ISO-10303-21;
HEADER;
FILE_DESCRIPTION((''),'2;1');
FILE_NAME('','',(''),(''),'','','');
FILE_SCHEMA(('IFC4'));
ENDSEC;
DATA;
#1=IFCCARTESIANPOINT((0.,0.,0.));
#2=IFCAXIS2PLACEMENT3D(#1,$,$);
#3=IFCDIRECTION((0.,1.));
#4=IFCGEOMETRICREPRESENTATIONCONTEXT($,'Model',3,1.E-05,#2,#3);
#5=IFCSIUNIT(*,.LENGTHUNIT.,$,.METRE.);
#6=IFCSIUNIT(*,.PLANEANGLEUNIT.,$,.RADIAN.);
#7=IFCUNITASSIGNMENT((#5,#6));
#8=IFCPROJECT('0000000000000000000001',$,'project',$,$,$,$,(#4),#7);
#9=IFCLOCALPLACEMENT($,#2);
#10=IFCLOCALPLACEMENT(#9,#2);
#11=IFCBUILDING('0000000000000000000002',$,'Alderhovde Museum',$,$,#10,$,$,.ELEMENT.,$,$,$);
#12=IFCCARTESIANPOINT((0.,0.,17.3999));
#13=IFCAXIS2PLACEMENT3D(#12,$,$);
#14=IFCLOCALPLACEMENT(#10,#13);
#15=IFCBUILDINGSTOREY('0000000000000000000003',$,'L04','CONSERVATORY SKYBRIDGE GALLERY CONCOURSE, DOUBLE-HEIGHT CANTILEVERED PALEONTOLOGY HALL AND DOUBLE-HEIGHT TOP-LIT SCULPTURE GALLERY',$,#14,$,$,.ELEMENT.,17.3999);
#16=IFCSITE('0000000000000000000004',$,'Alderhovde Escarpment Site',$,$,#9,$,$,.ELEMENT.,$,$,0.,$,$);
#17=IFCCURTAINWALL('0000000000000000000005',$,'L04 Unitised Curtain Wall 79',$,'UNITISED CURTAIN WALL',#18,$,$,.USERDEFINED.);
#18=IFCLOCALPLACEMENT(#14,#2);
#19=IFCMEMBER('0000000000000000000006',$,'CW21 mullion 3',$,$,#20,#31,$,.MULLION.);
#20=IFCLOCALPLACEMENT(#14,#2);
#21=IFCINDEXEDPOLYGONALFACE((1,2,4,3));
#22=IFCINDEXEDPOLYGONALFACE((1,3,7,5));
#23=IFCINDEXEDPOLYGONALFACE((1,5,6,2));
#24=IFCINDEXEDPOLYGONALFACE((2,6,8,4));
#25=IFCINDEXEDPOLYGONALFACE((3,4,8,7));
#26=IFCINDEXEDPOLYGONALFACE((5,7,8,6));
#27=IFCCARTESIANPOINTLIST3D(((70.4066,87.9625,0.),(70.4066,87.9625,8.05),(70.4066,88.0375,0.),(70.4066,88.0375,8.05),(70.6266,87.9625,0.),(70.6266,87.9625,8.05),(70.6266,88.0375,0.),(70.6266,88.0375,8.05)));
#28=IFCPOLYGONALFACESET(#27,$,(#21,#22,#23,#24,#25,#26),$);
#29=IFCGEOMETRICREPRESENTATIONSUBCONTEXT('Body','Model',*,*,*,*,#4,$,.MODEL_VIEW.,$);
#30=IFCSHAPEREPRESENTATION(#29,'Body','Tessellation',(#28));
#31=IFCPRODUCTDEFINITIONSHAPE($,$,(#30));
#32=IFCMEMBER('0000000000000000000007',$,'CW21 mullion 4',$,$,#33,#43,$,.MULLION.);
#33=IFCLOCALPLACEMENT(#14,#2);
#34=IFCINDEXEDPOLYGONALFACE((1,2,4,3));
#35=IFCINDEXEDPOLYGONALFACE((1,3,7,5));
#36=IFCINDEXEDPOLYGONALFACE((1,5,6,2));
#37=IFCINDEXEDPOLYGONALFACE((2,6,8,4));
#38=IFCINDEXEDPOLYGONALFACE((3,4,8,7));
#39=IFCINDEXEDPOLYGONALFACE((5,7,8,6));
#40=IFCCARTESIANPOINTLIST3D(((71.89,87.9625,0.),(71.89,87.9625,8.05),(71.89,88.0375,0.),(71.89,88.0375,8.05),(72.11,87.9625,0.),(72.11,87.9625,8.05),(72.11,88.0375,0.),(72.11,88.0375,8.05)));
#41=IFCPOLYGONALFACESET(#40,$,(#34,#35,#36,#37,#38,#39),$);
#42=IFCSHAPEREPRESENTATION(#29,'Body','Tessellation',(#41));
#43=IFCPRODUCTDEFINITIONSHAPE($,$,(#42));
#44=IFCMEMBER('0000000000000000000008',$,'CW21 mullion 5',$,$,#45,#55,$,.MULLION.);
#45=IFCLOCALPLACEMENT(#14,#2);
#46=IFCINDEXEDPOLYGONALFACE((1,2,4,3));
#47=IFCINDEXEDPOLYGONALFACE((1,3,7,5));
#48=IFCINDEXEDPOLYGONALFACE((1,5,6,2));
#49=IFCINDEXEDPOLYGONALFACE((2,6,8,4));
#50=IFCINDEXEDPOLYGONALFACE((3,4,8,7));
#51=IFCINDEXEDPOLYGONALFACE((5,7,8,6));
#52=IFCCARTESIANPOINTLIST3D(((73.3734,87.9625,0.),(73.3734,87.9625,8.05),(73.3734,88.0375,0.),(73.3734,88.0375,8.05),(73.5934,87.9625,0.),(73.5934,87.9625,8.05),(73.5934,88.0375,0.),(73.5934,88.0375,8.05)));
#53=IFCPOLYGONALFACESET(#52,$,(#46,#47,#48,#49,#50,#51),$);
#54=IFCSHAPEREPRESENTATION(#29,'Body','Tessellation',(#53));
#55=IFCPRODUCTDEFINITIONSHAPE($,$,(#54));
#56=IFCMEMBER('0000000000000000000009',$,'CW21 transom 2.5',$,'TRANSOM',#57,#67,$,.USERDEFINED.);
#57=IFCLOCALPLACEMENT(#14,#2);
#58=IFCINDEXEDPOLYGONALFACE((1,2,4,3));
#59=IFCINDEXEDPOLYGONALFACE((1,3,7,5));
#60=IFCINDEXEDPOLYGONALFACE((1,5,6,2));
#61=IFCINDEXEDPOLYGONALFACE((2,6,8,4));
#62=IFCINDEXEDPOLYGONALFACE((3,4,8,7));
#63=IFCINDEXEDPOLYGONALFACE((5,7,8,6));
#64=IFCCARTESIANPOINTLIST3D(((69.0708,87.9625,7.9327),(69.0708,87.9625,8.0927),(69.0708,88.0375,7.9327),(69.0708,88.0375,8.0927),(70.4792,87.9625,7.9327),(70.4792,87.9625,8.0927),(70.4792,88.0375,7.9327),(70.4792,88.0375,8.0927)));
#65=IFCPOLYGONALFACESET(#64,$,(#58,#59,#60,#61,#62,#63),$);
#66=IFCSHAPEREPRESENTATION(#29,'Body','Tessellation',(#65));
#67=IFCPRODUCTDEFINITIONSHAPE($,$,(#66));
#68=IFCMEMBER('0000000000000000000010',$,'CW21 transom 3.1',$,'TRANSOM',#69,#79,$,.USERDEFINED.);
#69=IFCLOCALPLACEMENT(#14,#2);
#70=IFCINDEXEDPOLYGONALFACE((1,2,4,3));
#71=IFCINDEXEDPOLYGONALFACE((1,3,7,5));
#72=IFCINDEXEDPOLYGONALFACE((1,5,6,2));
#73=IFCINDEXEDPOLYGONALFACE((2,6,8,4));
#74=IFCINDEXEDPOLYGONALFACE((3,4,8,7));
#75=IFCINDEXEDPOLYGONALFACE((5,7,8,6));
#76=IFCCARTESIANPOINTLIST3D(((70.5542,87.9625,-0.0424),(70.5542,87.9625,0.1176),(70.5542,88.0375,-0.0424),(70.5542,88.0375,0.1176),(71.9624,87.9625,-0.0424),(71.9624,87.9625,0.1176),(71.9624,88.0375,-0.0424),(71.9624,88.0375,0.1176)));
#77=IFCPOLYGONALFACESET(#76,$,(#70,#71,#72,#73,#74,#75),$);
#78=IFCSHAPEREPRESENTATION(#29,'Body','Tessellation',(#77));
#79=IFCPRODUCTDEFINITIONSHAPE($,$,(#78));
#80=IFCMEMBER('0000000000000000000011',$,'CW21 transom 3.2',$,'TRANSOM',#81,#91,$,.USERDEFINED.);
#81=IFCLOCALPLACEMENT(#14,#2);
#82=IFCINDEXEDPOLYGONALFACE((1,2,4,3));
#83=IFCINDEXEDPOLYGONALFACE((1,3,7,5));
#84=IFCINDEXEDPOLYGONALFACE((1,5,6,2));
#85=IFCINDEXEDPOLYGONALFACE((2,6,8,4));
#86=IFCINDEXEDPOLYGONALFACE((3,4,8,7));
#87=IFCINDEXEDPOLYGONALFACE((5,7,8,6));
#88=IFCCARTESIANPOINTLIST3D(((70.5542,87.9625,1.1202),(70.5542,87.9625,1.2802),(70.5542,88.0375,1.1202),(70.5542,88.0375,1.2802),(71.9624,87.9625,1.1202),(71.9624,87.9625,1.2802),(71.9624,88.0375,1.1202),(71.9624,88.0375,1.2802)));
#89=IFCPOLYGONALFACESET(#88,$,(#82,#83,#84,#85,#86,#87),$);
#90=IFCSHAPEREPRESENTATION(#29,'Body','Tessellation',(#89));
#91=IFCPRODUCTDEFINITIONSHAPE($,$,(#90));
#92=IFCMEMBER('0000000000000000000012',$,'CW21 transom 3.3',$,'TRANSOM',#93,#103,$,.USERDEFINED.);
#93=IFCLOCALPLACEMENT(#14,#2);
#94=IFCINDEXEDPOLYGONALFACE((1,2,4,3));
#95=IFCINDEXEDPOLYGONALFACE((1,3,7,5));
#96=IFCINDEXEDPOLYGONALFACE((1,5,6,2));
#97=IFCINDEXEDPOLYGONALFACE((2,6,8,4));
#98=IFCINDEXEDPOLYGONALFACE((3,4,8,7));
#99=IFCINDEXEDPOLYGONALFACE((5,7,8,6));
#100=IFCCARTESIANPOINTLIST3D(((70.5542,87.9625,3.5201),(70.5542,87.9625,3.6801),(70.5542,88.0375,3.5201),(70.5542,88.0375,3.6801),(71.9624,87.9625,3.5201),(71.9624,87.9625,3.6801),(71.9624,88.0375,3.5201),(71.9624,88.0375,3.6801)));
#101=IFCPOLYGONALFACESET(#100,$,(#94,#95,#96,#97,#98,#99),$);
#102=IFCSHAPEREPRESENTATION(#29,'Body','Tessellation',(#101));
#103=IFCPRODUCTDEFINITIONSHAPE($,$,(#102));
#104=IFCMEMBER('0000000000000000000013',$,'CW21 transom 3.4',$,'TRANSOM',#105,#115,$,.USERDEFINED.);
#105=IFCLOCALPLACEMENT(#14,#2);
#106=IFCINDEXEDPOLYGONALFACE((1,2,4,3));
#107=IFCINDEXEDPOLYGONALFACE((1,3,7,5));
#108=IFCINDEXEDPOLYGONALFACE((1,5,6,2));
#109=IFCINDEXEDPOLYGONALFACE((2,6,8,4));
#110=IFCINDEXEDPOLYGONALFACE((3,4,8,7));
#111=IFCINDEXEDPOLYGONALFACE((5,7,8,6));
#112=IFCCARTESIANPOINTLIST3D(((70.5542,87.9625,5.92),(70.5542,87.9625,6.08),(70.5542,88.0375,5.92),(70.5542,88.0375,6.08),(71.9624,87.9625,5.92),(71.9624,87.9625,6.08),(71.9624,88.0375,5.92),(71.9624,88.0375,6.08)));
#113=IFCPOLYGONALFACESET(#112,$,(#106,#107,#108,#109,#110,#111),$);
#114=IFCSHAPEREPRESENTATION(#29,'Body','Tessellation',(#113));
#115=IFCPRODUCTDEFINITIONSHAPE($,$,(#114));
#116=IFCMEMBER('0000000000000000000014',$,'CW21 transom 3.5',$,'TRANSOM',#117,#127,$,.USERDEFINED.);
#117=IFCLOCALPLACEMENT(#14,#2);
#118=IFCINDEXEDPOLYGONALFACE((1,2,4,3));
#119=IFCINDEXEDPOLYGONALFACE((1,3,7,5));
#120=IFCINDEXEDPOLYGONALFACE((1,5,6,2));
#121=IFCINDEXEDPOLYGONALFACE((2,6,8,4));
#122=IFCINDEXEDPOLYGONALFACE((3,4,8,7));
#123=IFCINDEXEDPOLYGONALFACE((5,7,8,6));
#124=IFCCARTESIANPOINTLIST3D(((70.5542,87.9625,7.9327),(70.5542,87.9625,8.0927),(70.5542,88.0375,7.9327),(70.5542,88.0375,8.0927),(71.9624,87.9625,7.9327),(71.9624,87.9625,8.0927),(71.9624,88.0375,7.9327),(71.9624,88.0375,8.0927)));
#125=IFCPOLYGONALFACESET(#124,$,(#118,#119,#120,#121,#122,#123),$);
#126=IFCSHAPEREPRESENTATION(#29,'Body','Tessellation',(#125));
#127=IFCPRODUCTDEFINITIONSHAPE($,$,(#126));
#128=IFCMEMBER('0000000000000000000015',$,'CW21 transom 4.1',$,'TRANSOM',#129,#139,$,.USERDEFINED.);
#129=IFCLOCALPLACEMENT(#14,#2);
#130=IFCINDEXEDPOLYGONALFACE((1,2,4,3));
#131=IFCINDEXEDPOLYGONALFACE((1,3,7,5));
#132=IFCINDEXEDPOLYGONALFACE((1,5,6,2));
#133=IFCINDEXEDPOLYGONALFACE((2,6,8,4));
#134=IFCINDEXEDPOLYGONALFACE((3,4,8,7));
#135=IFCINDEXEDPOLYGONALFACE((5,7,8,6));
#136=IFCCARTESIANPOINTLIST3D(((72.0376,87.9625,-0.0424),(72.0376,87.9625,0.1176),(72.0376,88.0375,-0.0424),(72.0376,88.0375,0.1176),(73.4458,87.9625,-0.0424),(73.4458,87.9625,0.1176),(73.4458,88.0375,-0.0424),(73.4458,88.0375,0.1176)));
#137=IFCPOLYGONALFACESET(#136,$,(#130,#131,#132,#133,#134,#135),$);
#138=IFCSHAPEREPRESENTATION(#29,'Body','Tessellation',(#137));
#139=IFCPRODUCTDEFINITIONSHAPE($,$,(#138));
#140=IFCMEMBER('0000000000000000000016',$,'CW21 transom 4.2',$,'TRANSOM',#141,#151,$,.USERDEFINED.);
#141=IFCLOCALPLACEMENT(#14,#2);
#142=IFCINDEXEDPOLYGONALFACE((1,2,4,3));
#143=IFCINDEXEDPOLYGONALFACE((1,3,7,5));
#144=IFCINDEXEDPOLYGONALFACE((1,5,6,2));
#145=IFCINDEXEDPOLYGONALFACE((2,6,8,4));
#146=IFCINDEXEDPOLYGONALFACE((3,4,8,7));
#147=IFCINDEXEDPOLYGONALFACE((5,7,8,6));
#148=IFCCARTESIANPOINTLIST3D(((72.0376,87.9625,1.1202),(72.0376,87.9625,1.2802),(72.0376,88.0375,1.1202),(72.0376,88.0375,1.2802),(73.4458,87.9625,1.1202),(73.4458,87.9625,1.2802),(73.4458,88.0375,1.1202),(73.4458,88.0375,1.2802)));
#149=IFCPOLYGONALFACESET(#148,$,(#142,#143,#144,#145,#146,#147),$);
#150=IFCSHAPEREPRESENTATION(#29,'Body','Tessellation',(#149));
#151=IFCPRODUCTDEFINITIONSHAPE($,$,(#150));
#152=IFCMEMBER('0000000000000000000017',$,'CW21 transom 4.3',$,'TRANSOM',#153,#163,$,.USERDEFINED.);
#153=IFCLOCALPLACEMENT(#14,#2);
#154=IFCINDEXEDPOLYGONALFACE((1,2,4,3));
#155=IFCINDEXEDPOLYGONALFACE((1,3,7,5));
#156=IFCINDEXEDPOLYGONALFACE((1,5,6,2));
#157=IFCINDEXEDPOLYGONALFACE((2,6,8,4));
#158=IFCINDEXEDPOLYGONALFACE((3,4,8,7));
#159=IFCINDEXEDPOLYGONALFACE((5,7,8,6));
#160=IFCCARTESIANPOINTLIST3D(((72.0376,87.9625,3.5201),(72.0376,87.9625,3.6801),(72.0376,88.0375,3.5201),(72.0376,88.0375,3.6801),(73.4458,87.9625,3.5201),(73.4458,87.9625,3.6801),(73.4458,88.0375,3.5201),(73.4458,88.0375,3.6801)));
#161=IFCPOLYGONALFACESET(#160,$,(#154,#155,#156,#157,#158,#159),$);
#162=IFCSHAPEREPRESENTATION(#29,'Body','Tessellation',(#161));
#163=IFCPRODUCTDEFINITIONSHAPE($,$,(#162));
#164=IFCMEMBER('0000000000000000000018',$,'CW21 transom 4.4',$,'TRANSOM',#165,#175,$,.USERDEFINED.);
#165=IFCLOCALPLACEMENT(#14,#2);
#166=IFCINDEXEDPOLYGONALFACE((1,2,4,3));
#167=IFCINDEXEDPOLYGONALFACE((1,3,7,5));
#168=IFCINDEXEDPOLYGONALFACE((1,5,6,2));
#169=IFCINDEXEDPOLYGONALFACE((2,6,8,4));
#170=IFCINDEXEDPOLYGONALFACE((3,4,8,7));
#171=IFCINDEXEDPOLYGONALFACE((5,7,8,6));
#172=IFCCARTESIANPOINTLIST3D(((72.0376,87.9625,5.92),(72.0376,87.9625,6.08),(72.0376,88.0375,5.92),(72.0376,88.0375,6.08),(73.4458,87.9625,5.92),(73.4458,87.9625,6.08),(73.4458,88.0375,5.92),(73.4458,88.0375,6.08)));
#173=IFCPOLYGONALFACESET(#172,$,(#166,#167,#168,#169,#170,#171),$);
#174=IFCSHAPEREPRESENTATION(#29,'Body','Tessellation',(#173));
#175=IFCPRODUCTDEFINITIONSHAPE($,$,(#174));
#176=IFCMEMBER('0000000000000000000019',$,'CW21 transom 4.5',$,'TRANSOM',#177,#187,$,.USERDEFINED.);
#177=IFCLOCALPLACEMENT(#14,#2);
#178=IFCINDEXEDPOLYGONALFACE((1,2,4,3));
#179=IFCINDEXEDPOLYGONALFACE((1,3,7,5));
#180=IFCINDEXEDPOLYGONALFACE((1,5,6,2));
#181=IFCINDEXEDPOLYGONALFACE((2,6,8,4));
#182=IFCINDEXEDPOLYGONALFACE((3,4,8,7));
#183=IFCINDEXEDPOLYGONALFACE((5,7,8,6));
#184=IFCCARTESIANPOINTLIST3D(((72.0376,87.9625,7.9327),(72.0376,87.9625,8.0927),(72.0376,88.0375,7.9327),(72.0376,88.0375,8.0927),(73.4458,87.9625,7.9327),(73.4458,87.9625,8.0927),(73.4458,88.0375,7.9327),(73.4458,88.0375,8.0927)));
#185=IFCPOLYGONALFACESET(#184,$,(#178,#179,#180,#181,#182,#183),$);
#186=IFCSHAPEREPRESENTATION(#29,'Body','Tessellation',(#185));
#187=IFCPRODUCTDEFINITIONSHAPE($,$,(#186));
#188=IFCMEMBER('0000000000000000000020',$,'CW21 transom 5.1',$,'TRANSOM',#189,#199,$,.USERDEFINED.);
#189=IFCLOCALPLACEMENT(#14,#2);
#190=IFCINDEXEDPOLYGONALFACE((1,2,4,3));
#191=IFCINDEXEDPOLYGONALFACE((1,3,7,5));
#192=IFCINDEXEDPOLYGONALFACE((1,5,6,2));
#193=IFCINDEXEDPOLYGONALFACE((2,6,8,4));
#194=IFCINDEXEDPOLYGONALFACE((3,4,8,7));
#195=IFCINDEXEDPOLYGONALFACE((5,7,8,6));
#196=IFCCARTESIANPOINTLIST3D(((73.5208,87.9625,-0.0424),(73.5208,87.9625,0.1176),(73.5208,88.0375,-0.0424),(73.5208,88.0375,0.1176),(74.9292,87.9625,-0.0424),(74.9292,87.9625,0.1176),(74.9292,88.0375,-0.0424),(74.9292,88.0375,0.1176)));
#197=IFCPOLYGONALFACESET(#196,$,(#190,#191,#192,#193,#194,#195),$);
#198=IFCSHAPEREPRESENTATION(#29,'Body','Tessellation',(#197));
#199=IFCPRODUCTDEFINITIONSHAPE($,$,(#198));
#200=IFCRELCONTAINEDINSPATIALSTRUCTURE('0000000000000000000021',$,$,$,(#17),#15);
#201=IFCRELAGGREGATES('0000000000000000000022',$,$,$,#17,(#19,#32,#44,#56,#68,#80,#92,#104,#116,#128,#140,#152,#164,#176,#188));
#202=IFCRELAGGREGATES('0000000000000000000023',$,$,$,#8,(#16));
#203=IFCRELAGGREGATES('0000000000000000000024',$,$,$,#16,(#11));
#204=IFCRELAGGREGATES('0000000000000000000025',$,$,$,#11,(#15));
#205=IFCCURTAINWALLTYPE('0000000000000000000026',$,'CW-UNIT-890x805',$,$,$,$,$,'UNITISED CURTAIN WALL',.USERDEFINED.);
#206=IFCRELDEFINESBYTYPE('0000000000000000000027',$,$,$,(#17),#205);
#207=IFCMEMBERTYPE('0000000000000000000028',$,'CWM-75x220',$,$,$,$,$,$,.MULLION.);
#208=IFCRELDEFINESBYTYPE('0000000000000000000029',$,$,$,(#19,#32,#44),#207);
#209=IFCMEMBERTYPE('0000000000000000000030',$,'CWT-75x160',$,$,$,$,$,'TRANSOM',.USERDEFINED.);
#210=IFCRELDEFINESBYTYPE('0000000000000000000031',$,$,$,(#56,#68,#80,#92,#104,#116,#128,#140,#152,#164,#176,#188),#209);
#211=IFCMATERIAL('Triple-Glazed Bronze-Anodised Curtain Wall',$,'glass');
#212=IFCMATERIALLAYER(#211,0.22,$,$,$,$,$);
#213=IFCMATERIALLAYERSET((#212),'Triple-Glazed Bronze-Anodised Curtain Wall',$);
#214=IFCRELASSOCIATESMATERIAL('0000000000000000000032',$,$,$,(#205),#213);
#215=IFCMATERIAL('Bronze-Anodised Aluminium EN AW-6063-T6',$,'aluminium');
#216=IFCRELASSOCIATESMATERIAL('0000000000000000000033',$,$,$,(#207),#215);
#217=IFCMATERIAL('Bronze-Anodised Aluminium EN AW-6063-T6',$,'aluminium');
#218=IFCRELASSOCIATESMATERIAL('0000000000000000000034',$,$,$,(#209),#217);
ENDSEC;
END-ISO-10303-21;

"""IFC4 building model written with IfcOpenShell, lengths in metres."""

from ifc_helpers import new_model, si_unit, direction, frame, origin, origin_2d, place, context, subcontext, project, spatial, rectangle, extrude, material, layer, layer_set, material_profile, profile_set, type_object, element, aggregate, save


model = new_model("IFC4")

# Units and contexts
model_context = context("Model", 3, precision=1e-05, world=origin(), true_north=direction((0.0, 1.0)))
body_context = subcontext(model_context, "Body", "Model", "MODEL_VIEW")
ifc_project = project(units=[si_unit("LENGTHUNIT", "METRE"), si_unit("PLANEANGLEUNIT", "RADIAN")], contexts=[model_context])

# Site, building, storey
site_placement = place(None, origin())
site = spatial("IfcSite", under=ifc_project, at=site_placement, Name="Alderhovde Escarpment Site", CompositionType="ELEMENT", RefElevation=0.0)
building_placement = place(site_placement, origin())
building = spatial("IfcBuilding", under=site, at=building_placement, Name="Alderhovde Museum", CompositionType="ELEMENT")
storey_placement = place(building_placement, frame((0.0, 0.0, 17.3999)))
storey = spatial("IfcBuildingStorey", under=building, at=storey_placement, Name="L04", Description="CONSERVATORY SKYBRIDGE GALLERY CONCOURSE, DOUBLE-HEIGHT CANTILEVERED PALEONTOLOGY HALL AND DOUBLE-HEIGHT TOP-LIT SCULPTURE GALLERY", CompositionType="ELEMENT", Elevation=17.3999)

# Curtain wall, members
ifc_material_1 = material(Name="Triple-Glazed Bronze-Anodised Curtain Wall", Category="glass")
ifc_layer_1 = layer(ifc_material_1, 0.22)
ifc_layer_set_1 = layer_set([ifc_layer_1], Name="Triple-Glazed Bronze-Anodised Curtain Wall")
curtain_wall_type = type_object("IfcCurtainWallType", Name="CW-UNIT-890x805", ElementType="UNITISED CURTAIN WALL", PredefinedType="USERDEFINED", material=ifc_layer_set_1)
curtain_wall_placement = place(storey_placement, origin())
curtain_wall = element("IfcCurtainWall", 1, at=curtain_wall_placement, inside=storey, type_object=curtain_wall_type, Name="L04 Unitised Curtain Wall 79", ObjectType="UNITISED CURTAIN WALL", PredefinedType="USERDEFINED")
ifc_material_2 = material(Name="Bronze-Anodised Aluminium EN AW-6063-T6", Category="aluminium")
ifc_material_profile_1 = material_profile(ifc_material_2, rectangle(XDim=0.075, YDim=0.22, at=origin_2d()), Name="MULLION 75x220")
ifc_profile_set_1 = profile_set([ifc_material_profile_1], Name="Bronze-Anodised Aluminium EN AW-6063-T6")
member_type_1 = type_object("IfcMemberType", Name="CWM-75x220", PredefinedType="MULLION", material=ifc_profile_set_1)
member_1_placement = place(storey_placement, frame((70.5166, 88.0, 0.0), z_axis=(0.0, 0.0, 1.0), x_axis=(0.0, 1.0, 0.0)))
member_1 = element("IfcMember", 2, at=member_1_placement, type_object=member_type_1, Name="CW21 mullion 3", PredefinedType="MULLION", context=body_context, shape_type="SweptSolid", body=[
    extrude(rectangle(XDim=0.075, YDim=0.22, at=origin_2d()), origin(), (0.0, 0.0, 1.0), 8.05),
])
member_2_placement = place(storey_placement, frame((72.0, 88.0, 0.0), z_axis=(0.0, 0.0, 1.0), x_axis=(0.0, 1.0, 0.0)))
member_2 = element("IfcMember", 3, at=member_2_placement, type_object=member_type_1, Name="CW21 mullion 4", PredefinedType="MULLION", context=body_context, shape_type="SweptSolid", body=[
    extrude(rectangle(XDim=0.075, YDim=0.22, at=origin_2d()), origin(), (0.0, 0.0, 1.0), 8.05),
])
member_3_placement = place(storey_placement, frame((73.4834, 88.0, 0.0), z_axis=(0.0, 0.0, 1.0), x_axis=(0.0, 1.0, 0.0)))
member_3 = element("IfcMember", 4, at=member_3_placement, type_object=member_type_1, Name="CW21 mullion 5", PredefinedType="MULLION", context=body_context, shape_type="SweptSolid", body=[
    extrude(rectangle(XDim=0.075, YDim=0.22, at=origin_2d()), origin(), (0.0, 0.0, 1.0), 8.05),
])
ifc_material_3 = material(Name="Bronze-Anodised Aluminium EN AW-6063-T6", Category="aluminium")
ifc_material_profile_2 = material_profile(ifc_material_3, rectangle(XDim=0.075, YDim=0.1599, at=origin_2d()), Name="TRANSOM 75x160")
ifc_profile_set_2 = profile_set([ifc_material_profile_2], Name="Bronze-Anodised Aluminium EN AW-6063-T6")
member_type_2 = type_object("IfcMemberType", Name="CWT-75x160", ElementType="TRANSOM", PredefinedType="USERDEFINED", material=ifc_profile_set_2)
member_4_placement = place(storey_placement, frame((69.0708, 88.0, 8.0127), z_axis=(1.0, 0.0, 0.0), x_axis=(0.0, 1.0, 0.0)))
member_4 = element("IfcMember", 5, at=member_4_placement, type_object=member_type_2, Name="CW21 transom 2.5", ObjectType="TRANSOM", PredefinedType="USERDEFINED", context=body_context, shape_type="SweptSolid", body=[
    extrude(rectangle(XDim=0.075, YDim=0.1599, at=origin_2d()), origin(), (0.0, 0.0, 1.0), 1.4084),
])
member_5_placement = place(storey_placement, frame((70.5542, 88.0, 0.0376), z_axis=(1.0, 0.0, 0.0), x_axis=(0.0, 1.0, 0.0)))
member_5 = element("IfcMember", 6, at=member_5_placement, type_object=member_type_2, Name="CW21 transom 3.1", ObjectType="TRANSOM", PredefinedType="USERDEFINED", context=body_context, shape_type="SweptSolid", body=[
    extrude(rectangle(XDim=0.075, YDim=0.1599, at=origin_2d()), origin(), (0.0, 0.0, 1.0), 1.4082),
])
member_6_placement = place(storey_placement, frame((70.5542, 88.0, 1.2002), z_axis=(1.0, 0.0, 0.0), x_axis=(0.0, 1.0, 0.0)))
member_6 = element("IfcMember", 7, at=member_6_placement, type_object=member_type_2, Name="CW21 transom 3.2", ObjectType="TRANSOM", PredefinedType="USERDEFINED", context=body_context, shape_type="SweptSolid", body=[
    extrude(rectangle(XDim=0.075, YDim=0.1599, at=origin_2d()), origin(), (0.0, 0.0, 1.0), 1.4082),
])
member_7_placement = place(storey_placement, frame((70.5542, 88.0, 3.6001), z_axis=(1.0, 0.0, 0.0), x_axis=(0.0, 1.0, 0.0)))
member_7 = element("IfcMember", 8, at=member_7_placement, type_object=member_type_2, Name="CW21 transom 3.3", ObjectType="TRANSOM", PredefinedType="USERDEFINED", context=body_context, shape_type="SweptSolid", body=[
    extrude(rectangle(XDim=0.075, YDim=0.1599, at=origin_2d()), origin(), (0.0, 0.0, 1.0), 1.4082),
])
member_8_placement = place(storey_placement, frame((70.5542, 88.0, 6.0), z_axis=(1.0, 0.0, 0.0), x_axis=(0.0, 1.0, 0.0)))
member_8 = element("IfcMember", 9, at=member_8_placement, type_object=member_type_2, Name="CW21 transom 3.4", ObjectType="TRANSOM", PredefinedType="USERDEFINED", context=body_context, shape_type="SweptSolid", body=[
    extrude(rectangle(XDim=0.075, YDim=0.1599, at=origin_2d()), origin(), (0.0, 0.0, 1.0), 1.4082),
])
member_9_placement = place(storey_placement, frame((70.5542, 88.0, 8.0127), z_axis=(1.0, 0.0, 0.0), x_axis=(0.0, 1.0, 0.0)))
member_9 = element("IfcMember", 10, at=member_9_placement, type_object=member_type_2, Name="CW21 transom 3.5", ObjectType="TRANSOM", PredefinedType="USERDEFINED", context=body_context, shape_type="SweptSolid", body=[
    extrude(rectangle(XDim=0.075, YDim=0.1599, at=origin_2d()), origin(), (0.0, 0.0, 1.0), 1.4082),
])
member_10_placement = place(storey_placement, frame((72.0376, 88.0, 0.0376), z_axis=(1.0, 0.0, 0.0), x_axis=(0.0, 1.0, 0.0)))
member_10 = element("IfcMember", 11, at=member_10_placement, type_object=member_type_2, Name="CW21 transom 4.1", ObjectType="TRANSOM", PredefinedType="USERDEFINED", context=body_context, shape_type="SweptSolid", body=[
    extrude(rectangle(XDim=0.075, YDim=0.1599, at=origin_2d()), origin(), (0.0, 0.0, 1.0), 1.4082),
])
member_11_placement = place(storey_placement, frame((72.0376, 88.0, 1.2002), z_axis=(1.0, 0.0, 0.0), x_axis=(0.0, 1.0, 0.0)))
member_11 = element("IfcMember", 12, at=member_11_placement, type_object=member_type_2, Name="CW21 transom 4.2", ObjectType="TRANSOM", PredefinedType="USERDEFINED", context=body_context, shape_type="SweptSolid", body=[
    extrude(rectangle(XDim=0.075, YDim=0.1599, at=origin_2d()), origin(), (0.0, 0.0, 1.0), 1.4082),
])
member_12_placement = place(storey_placement, frame((72.0376, 88.0, 3.6001), z_axis=(1.0, 0.0, 0.0), x_axis=(0.0, 1.0, 0.0)))
member_12 = element("IfcMember", 13, at=member_12_placement, type_object=member_type_2, Name="CW21 transom 4.3", ObjectType="TRANSOM", PredefinedType="USERDEFINED", context=body_context, shape_type="SweptSolid", body=[
    extrude(rectangle(XDim=0.075, YDim=0.1599, at=origin_2d()), origin(), (0.0, 0.0, 1.0), 1.4082),
])
member_13_placement = place(storey_placement, frame((72.0376, 88.0, 6.0), z_axis=(1.0, 0.0, 0.0), x_axis=(0.0, 1.0, 0.0)))
member_13 = element("IfcMember", 14, at=member_13_placement, type_object=member_type_2, Name="CW21 transom 4.4", ObjectType="TRANSOM", PredefinedType="USERDEFINED", context=body_context, shape_type="SweptSolid", body=[
    extrude(rectangle(XDim=0.075, YDim=0.1599, at=origin_2d()), origin(), (0.0, 0.0, 1.0), 1.4082),
])
member_14_placement = place(storey_placement, frame((72.0376, 88.0, 8.0127), z_axis=(1.0, 0.0, 0.0), x_axis=(0.0, 1.0, 0.0)))
member_14 = element("IfcMember", 15, at=member_14_placement, type_object=member_type_2, Name="CW21 transom 4.5", ObjectType="TRANSOM", PredefinedType="USERDEFINED", context=body_context, shape_type="SweptSolid", body=[
    extrude(rectangle(XDim=0.075, YDim=0.1599, at=origin_2d()), origin(), (0.0, 0.0, 1.0), 1.4082),
])
member_15_placement = place(storey_placement, frame((73.5208, 88.0, 0.0376), z_axis=(1.0, 0.0, 0.0), x_axis=(0.0, 1.0, 0.0)))
member_15 = element("IfcMember", 16, at=member_15_placement, type_object=member_type_2, Name="CW21 transom 5.1", ObjectType="TRANSOM", PredefinedType="USERDEFINED", context=body_context, shape_type="SweptSolid", body=[
    extrude(rectangle(XDim=0.075, YDim=0.1599, at=origin_2d()), origin(), (0.0, 0.0, 1.0), 1.4084),
])

aggregate(curtain_wall, [member_1, member_2, member_3, member_4, member_5, member_6, member_7, member_8, member_9, member_10, member_11, member_12, member_13, member_14, member_15])

save(model, "model.ifc")
